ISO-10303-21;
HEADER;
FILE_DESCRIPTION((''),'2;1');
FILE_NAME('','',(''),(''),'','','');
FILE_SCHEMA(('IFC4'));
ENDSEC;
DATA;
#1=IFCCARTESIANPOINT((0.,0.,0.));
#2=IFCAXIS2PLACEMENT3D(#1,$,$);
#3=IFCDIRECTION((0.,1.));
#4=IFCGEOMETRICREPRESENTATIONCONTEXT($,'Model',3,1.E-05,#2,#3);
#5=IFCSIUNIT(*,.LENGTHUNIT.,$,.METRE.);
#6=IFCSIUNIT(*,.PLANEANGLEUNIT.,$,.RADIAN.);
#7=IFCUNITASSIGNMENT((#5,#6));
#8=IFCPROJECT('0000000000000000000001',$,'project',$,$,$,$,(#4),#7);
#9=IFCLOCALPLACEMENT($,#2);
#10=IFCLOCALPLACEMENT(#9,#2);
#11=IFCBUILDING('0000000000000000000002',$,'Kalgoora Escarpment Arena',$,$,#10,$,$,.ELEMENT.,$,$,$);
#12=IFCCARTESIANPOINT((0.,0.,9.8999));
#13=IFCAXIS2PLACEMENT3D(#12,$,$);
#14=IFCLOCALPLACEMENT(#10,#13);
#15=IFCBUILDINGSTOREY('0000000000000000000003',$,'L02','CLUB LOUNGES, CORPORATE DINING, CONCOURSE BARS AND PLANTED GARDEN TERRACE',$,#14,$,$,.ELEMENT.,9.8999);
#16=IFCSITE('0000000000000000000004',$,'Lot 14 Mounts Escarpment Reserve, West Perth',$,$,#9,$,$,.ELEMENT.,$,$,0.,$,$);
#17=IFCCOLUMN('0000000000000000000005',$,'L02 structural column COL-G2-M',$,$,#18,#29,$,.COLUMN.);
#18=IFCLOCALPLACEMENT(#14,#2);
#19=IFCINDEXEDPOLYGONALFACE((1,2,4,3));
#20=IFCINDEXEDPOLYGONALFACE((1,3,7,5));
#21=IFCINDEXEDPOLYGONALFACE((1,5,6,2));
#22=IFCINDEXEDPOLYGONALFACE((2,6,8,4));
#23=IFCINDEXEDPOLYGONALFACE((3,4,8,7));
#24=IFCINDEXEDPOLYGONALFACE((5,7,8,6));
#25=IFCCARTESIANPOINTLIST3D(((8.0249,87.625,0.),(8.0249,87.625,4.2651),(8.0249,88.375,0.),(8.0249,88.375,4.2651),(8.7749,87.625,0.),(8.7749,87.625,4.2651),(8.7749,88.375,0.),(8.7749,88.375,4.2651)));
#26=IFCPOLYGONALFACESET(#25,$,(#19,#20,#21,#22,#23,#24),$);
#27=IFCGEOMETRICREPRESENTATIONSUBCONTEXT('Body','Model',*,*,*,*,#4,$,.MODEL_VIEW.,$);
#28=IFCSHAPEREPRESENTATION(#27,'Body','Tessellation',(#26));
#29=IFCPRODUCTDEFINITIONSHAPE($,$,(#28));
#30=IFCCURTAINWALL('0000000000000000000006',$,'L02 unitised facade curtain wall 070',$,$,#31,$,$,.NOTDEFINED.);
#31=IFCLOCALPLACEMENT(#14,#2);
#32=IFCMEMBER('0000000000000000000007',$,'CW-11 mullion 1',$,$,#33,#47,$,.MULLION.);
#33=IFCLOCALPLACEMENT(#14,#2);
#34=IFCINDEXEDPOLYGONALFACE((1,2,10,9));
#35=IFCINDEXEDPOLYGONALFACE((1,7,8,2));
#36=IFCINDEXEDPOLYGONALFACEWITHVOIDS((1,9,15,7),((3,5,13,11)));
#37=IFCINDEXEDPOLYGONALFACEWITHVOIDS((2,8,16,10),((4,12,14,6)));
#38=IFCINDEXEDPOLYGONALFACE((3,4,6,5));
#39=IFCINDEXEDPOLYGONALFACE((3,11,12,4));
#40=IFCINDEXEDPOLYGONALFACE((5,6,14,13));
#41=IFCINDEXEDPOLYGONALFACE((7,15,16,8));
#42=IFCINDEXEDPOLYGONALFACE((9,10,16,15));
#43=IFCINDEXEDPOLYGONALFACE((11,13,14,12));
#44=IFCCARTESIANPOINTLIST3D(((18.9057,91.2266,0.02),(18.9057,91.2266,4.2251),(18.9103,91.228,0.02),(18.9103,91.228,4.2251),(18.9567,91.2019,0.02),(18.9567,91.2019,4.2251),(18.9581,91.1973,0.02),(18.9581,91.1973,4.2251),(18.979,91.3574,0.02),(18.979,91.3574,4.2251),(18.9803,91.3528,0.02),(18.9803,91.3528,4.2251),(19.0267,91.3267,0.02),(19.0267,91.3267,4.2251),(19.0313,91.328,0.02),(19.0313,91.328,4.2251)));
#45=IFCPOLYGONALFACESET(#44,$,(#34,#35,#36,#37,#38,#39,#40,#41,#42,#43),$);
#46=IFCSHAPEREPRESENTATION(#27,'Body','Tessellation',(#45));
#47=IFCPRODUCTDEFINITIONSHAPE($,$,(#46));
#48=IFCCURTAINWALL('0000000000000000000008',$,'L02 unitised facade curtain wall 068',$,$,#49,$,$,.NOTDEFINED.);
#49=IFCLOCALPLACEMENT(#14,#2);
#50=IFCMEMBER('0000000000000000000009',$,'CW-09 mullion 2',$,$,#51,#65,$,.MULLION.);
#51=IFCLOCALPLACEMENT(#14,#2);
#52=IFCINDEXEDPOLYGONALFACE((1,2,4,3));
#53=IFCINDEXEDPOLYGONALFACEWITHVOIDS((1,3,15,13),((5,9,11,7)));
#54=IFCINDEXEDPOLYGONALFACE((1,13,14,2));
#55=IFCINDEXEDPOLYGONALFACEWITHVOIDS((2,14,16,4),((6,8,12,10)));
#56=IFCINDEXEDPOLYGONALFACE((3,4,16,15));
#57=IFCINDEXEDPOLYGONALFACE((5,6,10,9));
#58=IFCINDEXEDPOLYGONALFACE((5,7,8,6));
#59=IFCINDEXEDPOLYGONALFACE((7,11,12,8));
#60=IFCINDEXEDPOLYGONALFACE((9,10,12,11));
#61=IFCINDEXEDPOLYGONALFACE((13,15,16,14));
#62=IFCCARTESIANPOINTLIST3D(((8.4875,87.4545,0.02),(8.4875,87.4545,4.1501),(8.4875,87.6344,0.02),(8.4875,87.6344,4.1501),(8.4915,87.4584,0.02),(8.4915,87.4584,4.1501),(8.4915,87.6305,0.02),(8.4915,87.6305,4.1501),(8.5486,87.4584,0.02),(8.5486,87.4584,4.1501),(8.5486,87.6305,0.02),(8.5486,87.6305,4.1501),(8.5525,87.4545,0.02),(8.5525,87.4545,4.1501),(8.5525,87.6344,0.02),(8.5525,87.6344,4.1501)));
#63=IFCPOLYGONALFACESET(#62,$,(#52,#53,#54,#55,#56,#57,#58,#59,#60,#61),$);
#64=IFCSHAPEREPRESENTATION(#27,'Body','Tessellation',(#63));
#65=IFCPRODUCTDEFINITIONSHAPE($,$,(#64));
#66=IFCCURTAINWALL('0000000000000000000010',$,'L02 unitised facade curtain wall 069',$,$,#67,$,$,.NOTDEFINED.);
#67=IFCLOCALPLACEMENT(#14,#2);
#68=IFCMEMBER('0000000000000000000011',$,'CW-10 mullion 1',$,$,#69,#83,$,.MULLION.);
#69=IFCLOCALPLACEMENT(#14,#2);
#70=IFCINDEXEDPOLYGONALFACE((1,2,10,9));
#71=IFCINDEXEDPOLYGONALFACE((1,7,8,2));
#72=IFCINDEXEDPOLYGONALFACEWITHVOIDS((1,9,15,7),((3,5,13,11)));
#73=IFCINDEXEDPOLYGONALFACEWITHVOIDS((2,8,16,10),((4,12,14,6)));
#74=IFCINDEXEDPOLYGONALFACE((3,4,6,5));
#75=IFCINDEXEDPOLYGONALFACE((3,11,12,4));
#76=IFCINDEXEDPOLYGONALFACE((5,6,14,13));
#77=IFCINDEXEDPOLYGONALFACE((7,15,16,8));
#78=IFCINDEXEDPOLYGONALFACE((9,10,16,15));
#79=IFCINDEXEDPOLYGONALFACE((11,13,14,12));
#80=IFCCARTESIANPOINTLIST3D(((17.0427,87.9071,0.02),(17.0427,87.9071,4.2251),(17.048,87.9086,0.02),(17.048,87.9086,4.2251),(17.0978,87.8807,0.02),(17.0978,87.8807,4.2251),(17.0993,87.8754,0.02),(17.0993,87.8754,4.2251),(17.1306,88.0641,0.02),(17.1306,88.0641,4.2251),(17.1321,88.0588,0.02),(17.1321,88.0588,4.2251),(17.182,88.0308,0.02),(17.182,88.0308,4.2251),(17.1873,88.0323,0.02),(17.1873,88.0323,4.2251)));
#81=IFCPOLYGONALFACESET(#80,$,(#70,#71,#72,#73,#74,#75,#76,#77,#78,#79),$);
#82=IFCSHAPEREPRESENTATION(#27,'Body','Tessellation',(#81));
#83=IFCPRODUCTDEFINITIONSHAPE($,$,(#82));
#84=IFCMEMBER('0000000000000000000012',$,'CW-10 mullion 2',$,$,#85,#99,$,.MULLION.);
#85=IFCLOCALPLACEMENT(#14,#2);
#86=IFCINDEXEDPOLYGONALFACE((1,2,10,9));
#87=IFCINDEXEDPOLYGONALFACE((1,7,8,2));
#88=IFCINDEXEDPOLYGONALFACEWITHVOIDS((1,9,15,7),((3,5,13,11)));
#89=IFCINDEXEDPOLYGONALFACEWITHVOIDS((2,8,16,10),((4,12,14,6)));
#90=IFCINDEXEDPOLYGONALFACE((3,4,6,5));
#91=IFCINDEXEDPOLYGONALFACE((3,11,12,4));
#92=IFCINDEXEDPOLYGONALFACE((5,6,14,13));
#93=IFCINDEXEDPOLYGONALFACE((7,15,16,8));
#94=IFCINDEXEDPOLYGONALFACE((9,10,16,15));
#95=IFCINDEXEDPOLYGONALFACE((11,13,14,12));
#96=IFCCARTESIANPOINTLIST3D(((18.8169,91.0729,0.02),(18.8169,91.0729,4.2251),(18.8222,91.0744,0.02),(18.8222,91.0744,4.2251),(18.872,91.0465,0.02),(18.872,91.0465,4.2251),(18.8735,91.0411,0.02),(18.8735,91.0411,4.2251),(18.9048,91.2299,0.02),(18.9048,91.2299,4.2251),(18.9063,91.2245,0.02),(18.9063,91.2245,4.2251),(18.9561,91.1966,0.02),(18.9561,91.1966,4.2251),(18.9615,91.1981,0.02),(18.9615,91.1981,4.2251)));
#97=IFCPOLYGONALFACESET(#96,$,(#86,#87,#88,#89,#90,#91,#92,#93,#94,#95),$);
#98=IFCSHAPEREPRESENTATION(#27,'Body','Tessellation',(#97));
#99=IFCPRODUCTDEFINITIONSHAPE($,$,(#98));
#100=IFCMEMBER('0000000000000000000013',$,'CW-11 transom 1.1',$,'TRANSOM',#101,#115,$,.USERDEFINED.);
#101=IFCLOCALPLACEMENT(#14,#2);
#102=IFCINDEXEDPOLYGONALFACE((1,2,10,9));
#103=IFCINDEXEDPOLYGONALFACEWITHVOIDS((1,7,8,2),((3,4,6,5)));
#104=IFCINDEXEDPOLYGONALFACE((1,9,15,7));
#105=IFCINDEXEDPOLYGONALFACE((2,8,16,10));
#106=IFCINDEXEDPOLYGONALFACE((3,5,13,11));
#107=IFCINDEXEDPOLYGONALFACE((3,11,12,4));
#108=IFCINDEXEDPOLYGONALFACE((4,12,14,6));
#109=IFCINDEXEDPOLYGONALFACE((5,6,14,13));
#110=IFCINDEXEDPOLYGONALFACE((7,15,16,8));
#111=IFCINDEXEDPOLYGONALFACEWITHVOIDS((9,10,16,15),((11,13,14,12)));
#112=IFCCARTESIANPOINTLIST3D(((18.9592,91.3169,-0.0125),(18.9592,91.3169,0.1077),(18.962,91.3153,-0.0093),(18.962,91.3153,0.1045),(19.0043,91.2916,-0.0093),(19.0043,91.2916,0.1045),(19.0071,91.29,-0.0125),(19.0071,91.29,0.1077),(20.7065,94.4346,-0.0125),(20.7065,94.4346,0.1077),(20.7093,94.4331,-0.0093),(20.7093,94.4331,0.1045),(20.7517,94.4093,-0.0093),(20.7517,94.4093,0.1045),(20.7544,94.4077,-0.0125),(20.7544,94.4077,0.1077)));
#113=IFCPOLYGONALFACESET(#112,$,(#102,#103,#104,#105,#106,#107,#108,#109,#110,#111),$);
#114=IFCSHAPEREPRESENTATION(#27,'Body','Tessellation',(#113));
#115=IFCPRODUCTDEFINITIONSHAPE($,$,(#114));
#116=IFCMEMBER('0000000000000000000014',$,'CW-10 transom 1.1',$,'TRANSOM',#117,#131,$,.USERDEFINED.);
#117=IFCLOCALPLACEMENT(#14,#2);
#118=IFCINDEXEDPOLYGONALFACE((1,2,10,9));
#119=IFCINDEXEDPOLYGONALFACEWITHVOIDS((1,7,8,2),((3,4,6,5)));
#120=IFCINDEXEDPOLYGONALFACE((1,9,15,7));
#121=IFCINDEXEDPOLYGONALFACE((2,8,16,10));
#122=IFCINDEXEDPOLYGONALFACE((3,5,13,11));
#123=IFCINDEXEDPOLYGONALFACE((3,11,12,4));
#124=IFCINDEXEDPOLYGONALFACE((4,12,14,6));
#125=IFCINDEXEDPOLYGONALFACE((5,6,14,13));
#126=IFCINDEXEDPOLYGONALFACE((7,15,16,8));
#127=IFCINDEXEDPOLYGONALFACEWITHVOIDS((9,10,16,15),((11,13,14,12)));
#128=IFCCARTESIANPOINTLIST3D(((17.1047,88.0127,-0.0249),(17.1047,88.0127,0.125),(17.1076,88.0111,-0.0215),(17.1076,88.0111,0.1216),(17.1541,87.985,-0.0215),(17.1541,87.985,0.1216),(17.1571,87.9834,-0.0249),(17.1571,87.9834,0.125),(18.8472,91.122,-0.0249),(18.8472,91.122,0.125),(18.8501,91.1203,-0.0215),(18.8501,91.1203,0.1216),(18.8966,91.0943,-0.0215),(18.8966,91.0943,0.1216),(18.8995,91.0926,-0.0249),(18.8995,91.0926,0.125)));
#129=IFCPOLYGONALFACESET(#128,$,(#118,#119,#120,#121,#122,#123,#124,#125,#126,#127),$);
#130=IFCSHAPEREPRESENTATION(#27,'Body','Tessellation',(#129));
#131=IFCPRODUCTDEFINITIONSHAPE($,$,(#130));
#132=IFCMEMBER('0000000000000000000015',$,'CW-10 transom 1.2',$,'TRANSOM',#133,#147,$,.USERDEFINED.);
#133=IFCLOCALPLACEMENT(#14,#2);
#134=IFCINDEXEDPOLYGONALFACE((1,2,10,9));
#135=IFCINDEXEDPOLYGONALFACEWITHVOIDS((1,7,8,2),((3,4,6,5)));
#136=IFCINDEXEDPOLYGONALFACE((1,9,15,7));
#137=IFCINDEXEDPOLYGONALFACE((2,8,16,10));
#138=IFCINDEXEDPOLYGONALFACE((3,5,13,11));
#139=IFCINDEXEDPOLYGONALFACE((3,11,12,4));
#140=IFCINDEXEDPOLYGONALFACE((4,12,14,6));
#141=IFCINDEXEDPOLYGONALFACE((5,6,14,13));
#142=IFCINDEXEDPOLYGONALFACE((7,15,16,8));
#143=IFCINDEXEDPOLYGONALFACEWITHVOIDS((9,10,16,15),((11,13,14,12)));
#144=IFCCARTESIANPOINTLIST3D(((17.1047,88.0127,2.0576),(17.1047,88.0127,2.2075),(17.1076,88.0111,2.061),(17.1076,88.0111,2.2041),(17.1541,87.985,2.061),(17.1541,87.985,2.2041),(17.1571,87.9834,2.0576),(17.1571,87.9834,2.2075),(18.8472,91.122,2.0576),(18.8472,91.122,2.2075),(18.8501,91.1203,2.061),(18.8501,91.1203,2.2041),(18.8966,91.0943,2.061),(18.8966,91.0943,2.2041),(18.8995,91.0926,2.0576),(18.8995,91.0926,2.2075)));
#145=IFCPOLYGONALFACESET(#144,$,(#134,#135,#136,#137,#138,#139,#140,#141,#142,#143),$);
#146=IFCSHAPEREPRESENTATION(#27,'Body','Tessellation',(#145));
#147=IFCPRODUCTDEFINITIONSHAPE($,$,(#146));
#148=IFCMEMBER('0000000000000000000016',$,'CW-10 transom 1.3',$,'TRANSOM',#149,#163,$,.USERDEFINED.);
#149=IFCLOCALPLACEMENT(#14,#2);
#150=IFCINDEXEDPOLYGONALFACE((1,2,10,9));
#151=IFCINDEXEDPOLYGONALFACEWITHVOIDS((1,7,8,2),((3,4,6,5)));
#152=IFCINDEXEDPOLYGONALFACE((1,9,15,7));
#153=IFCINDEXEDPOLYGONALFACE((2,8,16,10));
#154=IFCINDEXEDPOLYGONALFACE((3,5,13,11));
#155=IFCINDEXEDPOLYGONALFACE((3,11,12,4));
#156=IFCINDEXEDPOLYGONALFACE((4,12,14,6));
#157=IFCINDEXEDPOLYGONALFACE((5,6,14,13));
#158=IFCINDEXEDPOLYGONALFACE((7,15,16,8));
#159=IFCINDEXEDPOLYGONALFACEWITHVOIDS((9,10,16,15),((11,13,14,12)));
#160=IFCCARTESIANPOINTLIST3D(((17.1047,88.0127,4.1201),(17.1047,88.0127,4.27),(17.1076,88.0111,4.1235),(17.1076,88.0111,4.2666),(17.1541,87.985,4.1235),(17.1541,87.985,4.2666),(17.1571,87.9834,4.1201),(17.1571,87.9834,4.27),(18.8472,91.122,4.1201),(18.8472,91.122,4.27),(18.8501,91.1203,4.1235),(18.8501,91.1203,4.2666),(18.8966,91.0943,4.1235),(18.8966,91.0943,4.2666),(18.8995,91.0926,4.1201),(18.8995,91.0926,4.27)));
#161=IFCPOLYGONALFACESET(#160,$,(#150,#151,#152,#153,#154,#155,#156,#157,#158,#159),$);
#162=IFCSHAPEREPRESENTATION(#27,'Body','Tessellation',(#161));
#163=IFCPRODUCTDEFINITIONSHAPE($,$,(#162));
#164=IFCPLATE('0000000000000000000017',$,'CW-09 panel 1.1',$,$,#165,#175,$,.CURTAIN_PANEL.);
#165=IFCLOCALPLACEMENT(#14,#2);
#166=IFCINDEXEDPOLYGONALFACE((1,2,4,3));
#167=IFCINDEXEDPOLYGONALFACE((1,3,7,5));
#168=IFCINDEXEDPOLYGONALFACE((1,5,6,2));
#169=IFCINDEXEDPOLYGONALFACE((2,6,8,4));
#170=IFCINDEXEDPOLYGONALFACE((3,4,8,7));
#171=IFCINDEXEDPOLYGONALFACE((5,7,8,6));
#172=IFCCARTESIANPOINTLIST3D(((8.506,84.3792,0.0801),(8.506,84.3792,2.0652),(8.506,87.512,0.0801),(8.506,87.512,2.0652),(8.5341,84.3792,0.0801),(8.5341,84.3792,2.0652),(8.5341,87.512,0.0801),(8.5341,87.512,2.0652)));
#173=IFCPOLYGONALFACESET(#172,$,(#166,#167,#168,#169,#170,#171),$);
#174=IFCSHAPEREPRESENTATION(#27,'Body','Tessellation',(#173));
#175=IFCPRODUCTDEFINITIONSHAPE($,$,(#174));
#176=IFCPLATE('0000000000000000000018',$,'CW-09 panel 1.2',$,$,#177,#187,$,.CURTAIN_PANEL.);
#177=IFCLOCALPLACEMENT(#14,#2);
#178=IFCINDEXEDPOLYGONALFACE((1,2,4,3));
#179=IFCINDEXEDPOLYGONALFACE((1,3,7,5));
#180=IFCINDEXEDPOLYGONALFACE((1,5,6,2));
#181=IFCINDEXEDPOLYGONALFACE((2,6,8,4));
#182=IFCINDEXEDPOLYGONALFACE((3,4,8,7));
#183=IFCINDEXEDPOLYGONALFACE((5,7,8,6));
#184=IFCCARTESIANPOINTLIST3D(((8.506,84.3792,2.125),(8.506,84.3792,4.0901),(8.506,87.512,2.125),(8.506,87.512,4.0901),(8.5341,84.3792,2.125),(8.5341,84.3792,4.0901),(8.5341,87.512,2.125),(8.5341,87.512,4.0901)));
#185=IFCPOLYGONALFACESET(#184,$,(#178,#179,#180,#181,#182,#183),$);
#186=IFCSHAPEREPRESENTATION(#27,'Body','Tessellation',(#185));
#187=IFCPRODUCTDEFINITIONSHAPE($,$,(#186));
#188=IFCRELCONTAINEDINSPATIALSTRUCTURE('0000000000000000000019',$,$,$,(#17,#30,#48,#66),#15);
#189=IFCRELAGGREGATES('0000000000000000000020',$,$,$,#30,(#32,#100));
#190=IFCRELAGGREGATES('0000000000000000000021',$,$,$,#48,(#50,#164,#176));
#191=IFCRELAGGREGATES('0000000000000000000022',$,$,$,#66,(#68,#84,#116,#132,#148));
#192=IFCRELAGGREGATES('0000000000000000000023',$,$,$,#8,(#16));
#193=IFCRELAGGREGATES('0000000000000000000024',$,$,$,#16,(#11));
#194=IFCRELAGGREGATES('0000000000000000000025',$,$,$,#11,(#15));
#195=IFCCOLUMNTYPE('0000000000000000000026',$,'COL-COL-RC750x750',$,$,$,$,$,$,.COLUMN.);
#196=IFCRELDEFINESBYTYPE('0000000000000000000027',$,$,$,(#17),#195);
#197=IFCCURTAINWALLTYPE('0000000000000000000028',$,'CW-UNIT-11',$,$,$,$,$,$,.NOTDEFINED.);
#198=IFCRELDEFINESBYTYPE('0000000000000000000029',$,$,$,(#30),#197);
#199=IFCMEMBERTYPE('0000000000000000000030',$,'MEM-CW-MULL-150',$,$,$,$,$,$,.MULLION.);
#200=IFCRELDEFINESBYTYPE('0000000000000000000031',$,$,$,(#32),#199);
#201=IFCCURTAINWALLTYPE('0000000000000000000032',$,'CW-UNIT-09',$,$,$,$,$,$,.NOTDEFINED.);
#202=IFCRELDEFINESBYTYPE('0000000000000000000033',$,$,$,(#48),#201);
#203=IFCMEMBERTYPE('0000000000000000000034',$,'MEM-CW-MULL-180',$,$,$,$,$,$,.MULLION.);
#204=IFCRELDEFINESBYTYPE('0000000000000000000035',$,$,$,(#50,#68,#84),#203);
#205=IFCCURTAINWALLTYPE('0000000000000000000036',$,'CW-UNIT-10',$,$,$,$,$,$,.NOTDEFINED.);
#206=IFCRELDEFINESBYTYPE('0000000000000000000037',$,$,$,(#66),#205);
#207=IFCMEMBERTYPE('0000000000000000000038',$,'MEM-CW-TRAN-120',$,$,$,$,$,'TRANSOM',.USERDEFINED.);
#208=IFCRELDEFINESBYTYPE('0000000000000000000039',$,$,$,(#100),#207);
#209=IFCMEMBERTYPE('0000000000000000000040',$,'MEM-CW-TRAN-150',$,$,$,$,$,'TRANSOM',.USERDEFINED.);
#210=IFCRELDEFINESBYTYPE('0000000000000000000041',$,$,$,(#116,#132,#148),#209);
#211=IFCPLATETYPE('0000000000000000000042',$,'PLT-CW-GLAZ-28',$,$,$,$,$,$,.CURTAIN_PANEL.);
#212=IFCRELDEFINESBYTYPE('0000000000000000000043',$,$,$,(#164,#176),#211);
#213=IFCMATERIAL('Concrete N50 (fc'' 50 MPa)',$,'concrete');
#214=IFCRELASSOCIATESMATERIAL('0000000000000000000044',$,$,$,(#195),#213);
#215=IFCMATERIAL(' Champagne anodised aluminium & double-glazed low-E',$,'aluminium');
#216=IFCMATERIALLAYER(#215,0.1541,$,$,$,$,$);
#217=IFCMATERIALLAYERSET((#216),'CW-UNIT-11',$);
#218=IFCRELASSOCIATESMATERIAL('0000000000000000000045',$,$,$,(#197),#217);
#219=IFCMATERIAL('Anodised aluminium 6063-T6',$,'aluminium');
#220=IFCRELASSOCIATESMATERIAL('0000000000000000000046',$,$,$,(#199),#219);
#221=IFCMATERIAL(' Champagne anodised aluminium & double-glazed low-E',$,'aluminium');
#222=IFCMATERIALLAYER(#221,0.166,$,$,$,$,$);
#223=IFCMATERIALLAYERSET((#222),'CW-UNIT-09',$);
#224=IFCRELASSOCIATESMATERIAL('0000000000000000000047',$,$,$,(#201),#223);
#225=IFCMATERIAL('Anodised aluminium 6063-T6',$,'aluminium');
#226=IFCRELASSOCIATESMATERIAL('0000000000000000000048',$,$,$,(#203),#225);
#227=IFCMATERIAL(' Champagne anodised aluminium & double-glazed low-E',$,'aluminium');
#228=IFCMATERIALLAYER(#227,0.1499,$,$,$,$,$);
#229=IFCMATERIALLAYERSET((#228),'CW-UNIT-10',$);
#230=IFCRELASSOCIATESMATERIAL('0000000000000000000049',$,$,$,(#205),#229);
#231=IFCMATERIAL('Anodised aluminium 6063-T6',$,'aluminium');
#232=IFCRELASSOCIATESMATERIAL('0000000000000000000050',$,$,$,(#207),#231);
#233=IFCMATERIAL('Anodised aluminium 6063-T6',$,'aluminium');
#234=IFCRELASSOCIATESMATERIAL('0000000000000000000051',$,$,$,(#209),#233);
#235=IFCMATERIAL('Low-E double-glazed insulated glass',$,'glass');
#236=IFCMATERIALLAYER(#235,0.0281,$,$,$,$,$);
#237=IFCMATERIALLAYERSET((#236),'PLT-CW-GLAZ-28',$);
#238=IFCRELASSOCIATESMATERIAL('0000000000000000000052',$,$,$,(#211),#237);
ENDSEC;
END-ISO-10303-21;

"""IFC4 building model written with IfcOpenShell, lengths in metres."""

from ifc_helpers import new_model, si_unit, direction, frame, origin, origin_2d, place, context, subcontext, project, spatial, rectangle, hollow_rectangle, extrude, material, layer, layer_set, material_profile, profile_set, type_object, element, aggregate, save


model = new_model("IFC4")

# Units and contexts
model_context = context("Model", 3, precision=1e-05, world=origin(), true_north=direction((0.0, 1.0)))
body_context = subcontext(model_context, "Body", "Model", "MODEL_VIEW")
ifc_project = project(units=[si_unit("LENGTHUNIT", "METRE"), si_unit("PLANEANGLEUNIT", "RADIAN")], contexts=[model_context])

# Site, building, storey
site_placement = place(None, origin())
site = spatial("IfcSite", under=ifc_project, at=site_placement, Name="Lot 14 Mounts Escarpment Reserve, West Perth", CompositionType="ELEMENT", RefElevation=0.0)
building_placement = place(site_placement, origin())
building = spatial("IfcBuilding", under=site, at=building_placement, Name="Kalgoora Escarpment Arena", CompositionType="ELEMENT")
storey_placement = place(building_placement, frame((0.0, 0.0, 9.8999)))
storey = spatial("IfcBuildingStorey", under=building, at=storey_placement, Name="L02", Description="CLUB LOUNGES, CORPORATE DINING, CONCOURSE BARS AND PLANTED GARDEN TERRACE", CompositionType="ELEMENT", Elevation=9.8999)

# Column
ifc_material_1 = material(Name="Concrete N50 (fc' 50 MPa)", Category="concrete")
ifc_material_profile_1 = material_profile(ifc_material_1, rectangle(XDim=0.75, YDim=0.75, at=origin_2d()))
ifc_profile_set_1 = profile_set([ifc_material_profile_1], Name="Concrete N50 (fc' 50 MPa)")
column_type = type_object("IfcColumnType", Name="COL-COL-RC750x750", PredefinedType="COLUMN", material=ifc_profile_set_1)
column_placement = place(storey_placement, frame((8.3999, 88.0, 0.0), z_axis=(0.0, 0.0, 1.0), x_axis=(1.0, 0.0, 0.0)))
element("IfcColumn", 1, at=column_placement, inside=storey, type_object=column_type, Name="L02 structural column COL-G2-M", PredefinedType="COLUMN", context=body_context, shape_type="SweptSolid", body=[
    extrude(rectangle(XDim=0.75, YDim=0.75, at=origin_2d()), origin(), (0.0, 0.0, 1.0), 4.2651),
])

# Curtain walls, members
ifc_material_2 = material(Name=" Champagne anodised aluminium & double-glazed low-E", Category="aluminium")
ifc_layer_1 = layer(ifc_material_2, 0.1541)
ifc_layer_set_1 = layer_set([ifc_layer_1], Name="CW-UNIT-11")
curtain_wall_type_1 = type_object("IfcCurtainWallType", Name="CW-UNIT-11", PredefinedType="NOTDEFINED", material=ifc_layer_set_1)
curtain_wall_1_placement = place(storey_placement, origin())
curtain_wall_1 = element("IfcCurtainWall", 2, at=curtain_wall_1_placement, inside=storey, type_object=curtain_wall_type_1, Name="L02 unitised facade curtain wall 070", PredefinedType="NOTDEFINED")
ifc_material_3 = material(Name="Anodised aluminium 6063-T6", Category="aluminium")
ifc_material_profile_2 = material_profile(ifc_material_3, hollow_rectangle(XDim=0.0601, YDim=0.1499, WallThickness=0.0034, at=origin_2d()))
ifc_profile_set_2 = profile_set([ifc_material_profile_2], Name="Anodised aluminium 6063-T6")
member_type_1 = type_object("IfcMemberType", Name="MEM-CW-MULL-150", PredefinedType="MULLION", material=ifc_profile_set_2)
member_1_placement = place(storey_placement, frame((18.9685, 91.2773, 0.02), z_axis=(0.0, 0.0, 1.0), x_axis=(-0.872356, 0.488871, 0.0)))
member_1 = element("IfcMember", 3, at=member_1_placement, type_object=member_type_1, Name="CW-11 mullion 1", PredefinedType="MULLION", context=body_context, shape_type="SweptSolid", body=[
    extrude(hollow_rectangle(XDim=0.0601, YDim=0.1499, WallThickness=0.0034, at=origin_2d()), origin(), (0.0, 0.0, 1.0), 4.2051),
])
ifc_material_4 = material(Name=" Champagne anodised aluminium & double-glazed low-E", Category="aluminium")
ifc_layer_2 = layer(ifc_material_4, 0.166)
ifc_layer_set_2 = layer_set([ifc_layer_2], Name="CW-UNIT-09")
curtain_wall_type_2 = type_object("IfcCurtainWallType", Name="CW-UNIT-09", PredefinedType="NOTDEFINED", material=ifc_layer_set_2)
curtain_wall_2_placement = place(storey_placement, origin())
curtain_wall_2 = element("IfcCurtainWall", 4, at=curtain_wall_2_placement, inside=storey, type_object=curtain_wall_type_2, Name="L02 unitised facade curtain wall 068", PredefinedType="NOTDEFINED")
ifc_material_5 = material(Name="Anodised aluminium 6063-T6", Category="aluminium")
ifc_material_profile_3 = material_profile(ifc_material_5, hollow_rectangle(XDim=0.0649, YDim=0.1799, WallThickness=0.0039, at=origin_2d()))
ifc_profile_set_3 = profile_set([ifc_material_profile_3], Name="Anodised aluminium 6063-T6")
member_type_2 = type_object("IfcMemberType", Name="MEM-CW-MULL-180", PredefinedType="MULLION", material=ifc_profile_set_3)
member_2_placement = place(storey_placement, frame((8.52, 87.5444, 0.02), z_axis=(0.0, 0.0, 1.0), x_axis=(-1.0, 0.0, 0.0)))
member_2 = element("IfcMember", 5, at=member_2_placement, type_object=member_type_2, Name="CW-09 mullion 2", PredefinedType="MULLION", context=body_context, shape_type="SweptSolid", body=[
    extrude(hollow_rectangle(XDim=0.0649, YDim=0.1799, WallThickness=0.0039, at=origin_2d()), origin(), (0.0, 0.0, 1.0), 4.1301),
])

# Curtain wall, members
ifc_material_6 = material(Name=" Champagne anodised aluminium & double-glazed low-E", Category="aluminium")
ifc_layer_3 = layer(ifc_material_6, 0.1499)
ifc_layer_set_3 = layer_set([ifc_layer_3], Name="CW-UNIT-10")
curtain_wall_type_3 = type_object("IfcCurtainWallType", Name="CW-UNIT-10", PredefinedType="NOTDEFINED", material=ifc_layer_set_3)
curtain_wall_3_placement = place(storey_placement, origin())
curtain_wall_3 = element("IfcCurtainWall", 6, at=curtain_wall_3_placement, inside=storey, type_object=curtain_wall_type_3, Name="L02 unitised facade curtain wall 069", PredefinedType="NOTDEFINED")
member_3_placement = place(storey_placement, frame((17.115, 87.9697, 0.02), z_axis=(0.0, 0.0, 1.0), x_axis=(-0.872362, 0.48886, 0.0)))
member_3 = element("IfcMember", 7, at=member_3_placement, type_object=member_type_2, Name="CW-10 mullion 1", PredefinedType="MULLION", context=body_context, shape_type="SweptSolid", body=[
    extrude(hollow_rectangle(XDim=0.0649, YDim=0.1799, WallThickness=0.0039, at=origin_2d()), origin(), (0.0, 0.0, 1.0), 4.2051),
])
member_4_placement = place(storey_placement, frame((18.8892, 91.1355, 0.02), z_axis=(0.0, 0.0, 1.0), x_axis=(-0.872362, 0.48886, 0.0)))
member_4 = element("IfcMember", 8, at=member_4_placement, type_object=member_type_2, Name="CW-10 mullion 2", PredefinedType="MULLION", context=body_context, shape_type="SweptSolid", body=[
    extrude(hollow_rectangle(XDim=0.0649, YDim=0.1799, WallThickness=0.0039, at=origin_2d()), origin(), (0.0, 0.0, 1.0), 4.2051),
])

# Members
ifc_material_7 = material(Name="Anodised aluminium 6063-T6", Category="aluminium")
ifc_material_profile_4 = material_profile(ifc_material_7, hollow_rectangle(XDim=0.0549, YDim=0.1201, WallThickness=0.0032, at=origin_2d()))
ifc_profile_set_4 = profile_set([ifc_material_profile_4], Name="Anodised aluminium 6063-T6")
member_type_3 = type_object("IfcMemberType", Name="MEM-CW-TRAN-120", ElementType="TRANSOM", PredefinedType="USERDEFINED", material=ifc_profile_set_4)
member_5_placement = place(storey_placement, frame((18.9832, 91.3035, 0.0476), z_axis=(0.488905, 0.872337, 0.0), x_axis=(-0.872337, 0.488905, 0.0)))
member_5 = element("IfcMember", 9, at=member_5_placement, type_object=member_type_3, Name="CW-11 transom 1.1", ObjectType="TRANSOM", PredefinedType="USERDEFINED", context=body_context, shape_type="SweptSolid", body=[
    extrude(hollow_rectangle(XDim=0.0549, YDim=0.1201, WallThickness=0.0032, at=origin_2d()), origin(), (0.0, 0.0, 1.0), 3.574),
])
aggregate(curtain_wall_1, [member_1, member_5])
ifc_material_8 = material(Name="Anodised aluminium 6063-T6", Category="aluminium")
ifc_material_profile_5 = material_profile(ifc_material_8, hollow_rectangle(XDim=0.0601, YDim=0.1499, WallThickness=0.0034, at=origin_2d()))
ifc_profile_set_5 = profile_set([ifc_material_profile_5], Name="Anodised aluminium 6063-T6")
member_type_4 = type_object("IfcMemberType", Name="MEM-CW-TRAN-150", ElementType="TRANSOM", PredefinedType="USERDEFINED", material=ifc_profile_set_5)
member_6_placement = place(storey_placement, frame((17.1309, 87.998, 0.05), z_axis=(0.488885, 0.872348, 0.0), x_axis=(-0.872348, 0.488885, 0.0)))
member_6 = element("IfcMember", 10, at=member_6_placement, type_object=member_type_4, Name="CW-10 transom 1.1", ObjectType="TRANSOM", PredefinedType="USERDEFINED", context=body_context, shape_type="SweptSolid", body=[
    extrude(hollow_rectangle(XDim=0.0601, YDim=0.1499, WallThickness=0.0034, at=origin_2d()), origin(), (0.0, 0.0, 1.0), 3.5642),
])
member_7_placement = place(storey_placement, frame((17.1309, 87.998, 2.1326), z_axis=(0.488885, 0.872348, 0.0), x_axis=(-0.872348, 0.488885, 0.0)))
member_7 = element("IfcMember", 11, at=member_7_placement, type_object=member_type_4, Name="CW-10 transom 1.2", ObjectType="TRANSOM", PredefinedType="USERDEFINED", context=body_context, shape_type="SweptSolid", body=[
    extrude(hollow_rectangle(XDim=0.0601, YDim=0.1499, WallThickness=0.0034, at=origin_2d()), origin(), (0.0, 0.0, 1.0), 3.5642),
])
member_8_placement = place(storey_placement, frame((17.1309, 87.998, 4.1951), z_axis=(0.488885, 0.872348, 0.0), x_axis=(-0.872348, 0.488885, 0.0)))
member_8 = element("IfcMember", 12, at=member_8_placement, type_object=member_type_4, Name="CW-10 transom 1.3", ObjectType="TRANSOM", PredefinedType="USERDEFINED", context=body_context, shape_type="SweptSolid", body=[
    extrude(hollow_rectangle(XDim=0.0601, YDim=0.1499, WallThickness=0.0034, at=origin_2d()), origin(), (0.0, 0.0, 1.0), 3.5642),
])

# Plates
ifc_material_9 = material(Name="Low-E double-glazed insulated glass", Category="glass")
ifc_layer_4 = layer(ifc_material_9, 0.0281)
ifc_layer_set_4 = layer_set([ifc_layer_4], Name="PLT-CW-GLAZ-28")
plate_type_1 = type_object("IfcPlateType", Name="PLT-CW-GLAZ-28", PredefinedType="CURTAIN_PANEL", material=ifc_layer_set_4)
plate_1_placement = place(storey_placement, frame((8.52, 85.9456, 0.0801), z_axis=(0.0, 0.0, 1.0), x_axis=(0.0, 1.0, 0.0)))
plate_1 = element("IfcPlate", 13, at=plate_1_placement, type_object=plate_type_1, Name="CW-09 panel 1.1", PredefinedType="CURTAIN_PANEL", context=body_context, shape_type="SweptSolid", body=[
    extrude(rectangle(XDim=3.1328, YDim=0.0281, at=origin_2d()), origin(), (0.0, 0.0, 1.0), 1.9851),
])
plate_2_placement = place(storey_placement, frame((8.52, 85.9456, 2.125), z_axis=(0.0, 0.0, 1.0), x_axis=(0.0, 1.0, 0.0)))
plate_2 = element("IfcPlate", 14, at=plate_2_placement, type_object=plate_type_1, Name="CW-09 panel 1.2", PredefinedType="CURTAIN_PANEL", context=body_context, shape_type="SweptSolid", body=[
    extrude(rectangle(XDim=3.1328, YDim=0.0281, at=origin_2d()), origin(), (0.0, 0.0, 1.0), 1.9651),
])
aggregate(curtain_wall_2, [member_2, plate_1, plate_2])
aggregate(curtain_wall_3, [member_3, member_4, member_6, member_7, member_8])

save(model, "model.ifc")
